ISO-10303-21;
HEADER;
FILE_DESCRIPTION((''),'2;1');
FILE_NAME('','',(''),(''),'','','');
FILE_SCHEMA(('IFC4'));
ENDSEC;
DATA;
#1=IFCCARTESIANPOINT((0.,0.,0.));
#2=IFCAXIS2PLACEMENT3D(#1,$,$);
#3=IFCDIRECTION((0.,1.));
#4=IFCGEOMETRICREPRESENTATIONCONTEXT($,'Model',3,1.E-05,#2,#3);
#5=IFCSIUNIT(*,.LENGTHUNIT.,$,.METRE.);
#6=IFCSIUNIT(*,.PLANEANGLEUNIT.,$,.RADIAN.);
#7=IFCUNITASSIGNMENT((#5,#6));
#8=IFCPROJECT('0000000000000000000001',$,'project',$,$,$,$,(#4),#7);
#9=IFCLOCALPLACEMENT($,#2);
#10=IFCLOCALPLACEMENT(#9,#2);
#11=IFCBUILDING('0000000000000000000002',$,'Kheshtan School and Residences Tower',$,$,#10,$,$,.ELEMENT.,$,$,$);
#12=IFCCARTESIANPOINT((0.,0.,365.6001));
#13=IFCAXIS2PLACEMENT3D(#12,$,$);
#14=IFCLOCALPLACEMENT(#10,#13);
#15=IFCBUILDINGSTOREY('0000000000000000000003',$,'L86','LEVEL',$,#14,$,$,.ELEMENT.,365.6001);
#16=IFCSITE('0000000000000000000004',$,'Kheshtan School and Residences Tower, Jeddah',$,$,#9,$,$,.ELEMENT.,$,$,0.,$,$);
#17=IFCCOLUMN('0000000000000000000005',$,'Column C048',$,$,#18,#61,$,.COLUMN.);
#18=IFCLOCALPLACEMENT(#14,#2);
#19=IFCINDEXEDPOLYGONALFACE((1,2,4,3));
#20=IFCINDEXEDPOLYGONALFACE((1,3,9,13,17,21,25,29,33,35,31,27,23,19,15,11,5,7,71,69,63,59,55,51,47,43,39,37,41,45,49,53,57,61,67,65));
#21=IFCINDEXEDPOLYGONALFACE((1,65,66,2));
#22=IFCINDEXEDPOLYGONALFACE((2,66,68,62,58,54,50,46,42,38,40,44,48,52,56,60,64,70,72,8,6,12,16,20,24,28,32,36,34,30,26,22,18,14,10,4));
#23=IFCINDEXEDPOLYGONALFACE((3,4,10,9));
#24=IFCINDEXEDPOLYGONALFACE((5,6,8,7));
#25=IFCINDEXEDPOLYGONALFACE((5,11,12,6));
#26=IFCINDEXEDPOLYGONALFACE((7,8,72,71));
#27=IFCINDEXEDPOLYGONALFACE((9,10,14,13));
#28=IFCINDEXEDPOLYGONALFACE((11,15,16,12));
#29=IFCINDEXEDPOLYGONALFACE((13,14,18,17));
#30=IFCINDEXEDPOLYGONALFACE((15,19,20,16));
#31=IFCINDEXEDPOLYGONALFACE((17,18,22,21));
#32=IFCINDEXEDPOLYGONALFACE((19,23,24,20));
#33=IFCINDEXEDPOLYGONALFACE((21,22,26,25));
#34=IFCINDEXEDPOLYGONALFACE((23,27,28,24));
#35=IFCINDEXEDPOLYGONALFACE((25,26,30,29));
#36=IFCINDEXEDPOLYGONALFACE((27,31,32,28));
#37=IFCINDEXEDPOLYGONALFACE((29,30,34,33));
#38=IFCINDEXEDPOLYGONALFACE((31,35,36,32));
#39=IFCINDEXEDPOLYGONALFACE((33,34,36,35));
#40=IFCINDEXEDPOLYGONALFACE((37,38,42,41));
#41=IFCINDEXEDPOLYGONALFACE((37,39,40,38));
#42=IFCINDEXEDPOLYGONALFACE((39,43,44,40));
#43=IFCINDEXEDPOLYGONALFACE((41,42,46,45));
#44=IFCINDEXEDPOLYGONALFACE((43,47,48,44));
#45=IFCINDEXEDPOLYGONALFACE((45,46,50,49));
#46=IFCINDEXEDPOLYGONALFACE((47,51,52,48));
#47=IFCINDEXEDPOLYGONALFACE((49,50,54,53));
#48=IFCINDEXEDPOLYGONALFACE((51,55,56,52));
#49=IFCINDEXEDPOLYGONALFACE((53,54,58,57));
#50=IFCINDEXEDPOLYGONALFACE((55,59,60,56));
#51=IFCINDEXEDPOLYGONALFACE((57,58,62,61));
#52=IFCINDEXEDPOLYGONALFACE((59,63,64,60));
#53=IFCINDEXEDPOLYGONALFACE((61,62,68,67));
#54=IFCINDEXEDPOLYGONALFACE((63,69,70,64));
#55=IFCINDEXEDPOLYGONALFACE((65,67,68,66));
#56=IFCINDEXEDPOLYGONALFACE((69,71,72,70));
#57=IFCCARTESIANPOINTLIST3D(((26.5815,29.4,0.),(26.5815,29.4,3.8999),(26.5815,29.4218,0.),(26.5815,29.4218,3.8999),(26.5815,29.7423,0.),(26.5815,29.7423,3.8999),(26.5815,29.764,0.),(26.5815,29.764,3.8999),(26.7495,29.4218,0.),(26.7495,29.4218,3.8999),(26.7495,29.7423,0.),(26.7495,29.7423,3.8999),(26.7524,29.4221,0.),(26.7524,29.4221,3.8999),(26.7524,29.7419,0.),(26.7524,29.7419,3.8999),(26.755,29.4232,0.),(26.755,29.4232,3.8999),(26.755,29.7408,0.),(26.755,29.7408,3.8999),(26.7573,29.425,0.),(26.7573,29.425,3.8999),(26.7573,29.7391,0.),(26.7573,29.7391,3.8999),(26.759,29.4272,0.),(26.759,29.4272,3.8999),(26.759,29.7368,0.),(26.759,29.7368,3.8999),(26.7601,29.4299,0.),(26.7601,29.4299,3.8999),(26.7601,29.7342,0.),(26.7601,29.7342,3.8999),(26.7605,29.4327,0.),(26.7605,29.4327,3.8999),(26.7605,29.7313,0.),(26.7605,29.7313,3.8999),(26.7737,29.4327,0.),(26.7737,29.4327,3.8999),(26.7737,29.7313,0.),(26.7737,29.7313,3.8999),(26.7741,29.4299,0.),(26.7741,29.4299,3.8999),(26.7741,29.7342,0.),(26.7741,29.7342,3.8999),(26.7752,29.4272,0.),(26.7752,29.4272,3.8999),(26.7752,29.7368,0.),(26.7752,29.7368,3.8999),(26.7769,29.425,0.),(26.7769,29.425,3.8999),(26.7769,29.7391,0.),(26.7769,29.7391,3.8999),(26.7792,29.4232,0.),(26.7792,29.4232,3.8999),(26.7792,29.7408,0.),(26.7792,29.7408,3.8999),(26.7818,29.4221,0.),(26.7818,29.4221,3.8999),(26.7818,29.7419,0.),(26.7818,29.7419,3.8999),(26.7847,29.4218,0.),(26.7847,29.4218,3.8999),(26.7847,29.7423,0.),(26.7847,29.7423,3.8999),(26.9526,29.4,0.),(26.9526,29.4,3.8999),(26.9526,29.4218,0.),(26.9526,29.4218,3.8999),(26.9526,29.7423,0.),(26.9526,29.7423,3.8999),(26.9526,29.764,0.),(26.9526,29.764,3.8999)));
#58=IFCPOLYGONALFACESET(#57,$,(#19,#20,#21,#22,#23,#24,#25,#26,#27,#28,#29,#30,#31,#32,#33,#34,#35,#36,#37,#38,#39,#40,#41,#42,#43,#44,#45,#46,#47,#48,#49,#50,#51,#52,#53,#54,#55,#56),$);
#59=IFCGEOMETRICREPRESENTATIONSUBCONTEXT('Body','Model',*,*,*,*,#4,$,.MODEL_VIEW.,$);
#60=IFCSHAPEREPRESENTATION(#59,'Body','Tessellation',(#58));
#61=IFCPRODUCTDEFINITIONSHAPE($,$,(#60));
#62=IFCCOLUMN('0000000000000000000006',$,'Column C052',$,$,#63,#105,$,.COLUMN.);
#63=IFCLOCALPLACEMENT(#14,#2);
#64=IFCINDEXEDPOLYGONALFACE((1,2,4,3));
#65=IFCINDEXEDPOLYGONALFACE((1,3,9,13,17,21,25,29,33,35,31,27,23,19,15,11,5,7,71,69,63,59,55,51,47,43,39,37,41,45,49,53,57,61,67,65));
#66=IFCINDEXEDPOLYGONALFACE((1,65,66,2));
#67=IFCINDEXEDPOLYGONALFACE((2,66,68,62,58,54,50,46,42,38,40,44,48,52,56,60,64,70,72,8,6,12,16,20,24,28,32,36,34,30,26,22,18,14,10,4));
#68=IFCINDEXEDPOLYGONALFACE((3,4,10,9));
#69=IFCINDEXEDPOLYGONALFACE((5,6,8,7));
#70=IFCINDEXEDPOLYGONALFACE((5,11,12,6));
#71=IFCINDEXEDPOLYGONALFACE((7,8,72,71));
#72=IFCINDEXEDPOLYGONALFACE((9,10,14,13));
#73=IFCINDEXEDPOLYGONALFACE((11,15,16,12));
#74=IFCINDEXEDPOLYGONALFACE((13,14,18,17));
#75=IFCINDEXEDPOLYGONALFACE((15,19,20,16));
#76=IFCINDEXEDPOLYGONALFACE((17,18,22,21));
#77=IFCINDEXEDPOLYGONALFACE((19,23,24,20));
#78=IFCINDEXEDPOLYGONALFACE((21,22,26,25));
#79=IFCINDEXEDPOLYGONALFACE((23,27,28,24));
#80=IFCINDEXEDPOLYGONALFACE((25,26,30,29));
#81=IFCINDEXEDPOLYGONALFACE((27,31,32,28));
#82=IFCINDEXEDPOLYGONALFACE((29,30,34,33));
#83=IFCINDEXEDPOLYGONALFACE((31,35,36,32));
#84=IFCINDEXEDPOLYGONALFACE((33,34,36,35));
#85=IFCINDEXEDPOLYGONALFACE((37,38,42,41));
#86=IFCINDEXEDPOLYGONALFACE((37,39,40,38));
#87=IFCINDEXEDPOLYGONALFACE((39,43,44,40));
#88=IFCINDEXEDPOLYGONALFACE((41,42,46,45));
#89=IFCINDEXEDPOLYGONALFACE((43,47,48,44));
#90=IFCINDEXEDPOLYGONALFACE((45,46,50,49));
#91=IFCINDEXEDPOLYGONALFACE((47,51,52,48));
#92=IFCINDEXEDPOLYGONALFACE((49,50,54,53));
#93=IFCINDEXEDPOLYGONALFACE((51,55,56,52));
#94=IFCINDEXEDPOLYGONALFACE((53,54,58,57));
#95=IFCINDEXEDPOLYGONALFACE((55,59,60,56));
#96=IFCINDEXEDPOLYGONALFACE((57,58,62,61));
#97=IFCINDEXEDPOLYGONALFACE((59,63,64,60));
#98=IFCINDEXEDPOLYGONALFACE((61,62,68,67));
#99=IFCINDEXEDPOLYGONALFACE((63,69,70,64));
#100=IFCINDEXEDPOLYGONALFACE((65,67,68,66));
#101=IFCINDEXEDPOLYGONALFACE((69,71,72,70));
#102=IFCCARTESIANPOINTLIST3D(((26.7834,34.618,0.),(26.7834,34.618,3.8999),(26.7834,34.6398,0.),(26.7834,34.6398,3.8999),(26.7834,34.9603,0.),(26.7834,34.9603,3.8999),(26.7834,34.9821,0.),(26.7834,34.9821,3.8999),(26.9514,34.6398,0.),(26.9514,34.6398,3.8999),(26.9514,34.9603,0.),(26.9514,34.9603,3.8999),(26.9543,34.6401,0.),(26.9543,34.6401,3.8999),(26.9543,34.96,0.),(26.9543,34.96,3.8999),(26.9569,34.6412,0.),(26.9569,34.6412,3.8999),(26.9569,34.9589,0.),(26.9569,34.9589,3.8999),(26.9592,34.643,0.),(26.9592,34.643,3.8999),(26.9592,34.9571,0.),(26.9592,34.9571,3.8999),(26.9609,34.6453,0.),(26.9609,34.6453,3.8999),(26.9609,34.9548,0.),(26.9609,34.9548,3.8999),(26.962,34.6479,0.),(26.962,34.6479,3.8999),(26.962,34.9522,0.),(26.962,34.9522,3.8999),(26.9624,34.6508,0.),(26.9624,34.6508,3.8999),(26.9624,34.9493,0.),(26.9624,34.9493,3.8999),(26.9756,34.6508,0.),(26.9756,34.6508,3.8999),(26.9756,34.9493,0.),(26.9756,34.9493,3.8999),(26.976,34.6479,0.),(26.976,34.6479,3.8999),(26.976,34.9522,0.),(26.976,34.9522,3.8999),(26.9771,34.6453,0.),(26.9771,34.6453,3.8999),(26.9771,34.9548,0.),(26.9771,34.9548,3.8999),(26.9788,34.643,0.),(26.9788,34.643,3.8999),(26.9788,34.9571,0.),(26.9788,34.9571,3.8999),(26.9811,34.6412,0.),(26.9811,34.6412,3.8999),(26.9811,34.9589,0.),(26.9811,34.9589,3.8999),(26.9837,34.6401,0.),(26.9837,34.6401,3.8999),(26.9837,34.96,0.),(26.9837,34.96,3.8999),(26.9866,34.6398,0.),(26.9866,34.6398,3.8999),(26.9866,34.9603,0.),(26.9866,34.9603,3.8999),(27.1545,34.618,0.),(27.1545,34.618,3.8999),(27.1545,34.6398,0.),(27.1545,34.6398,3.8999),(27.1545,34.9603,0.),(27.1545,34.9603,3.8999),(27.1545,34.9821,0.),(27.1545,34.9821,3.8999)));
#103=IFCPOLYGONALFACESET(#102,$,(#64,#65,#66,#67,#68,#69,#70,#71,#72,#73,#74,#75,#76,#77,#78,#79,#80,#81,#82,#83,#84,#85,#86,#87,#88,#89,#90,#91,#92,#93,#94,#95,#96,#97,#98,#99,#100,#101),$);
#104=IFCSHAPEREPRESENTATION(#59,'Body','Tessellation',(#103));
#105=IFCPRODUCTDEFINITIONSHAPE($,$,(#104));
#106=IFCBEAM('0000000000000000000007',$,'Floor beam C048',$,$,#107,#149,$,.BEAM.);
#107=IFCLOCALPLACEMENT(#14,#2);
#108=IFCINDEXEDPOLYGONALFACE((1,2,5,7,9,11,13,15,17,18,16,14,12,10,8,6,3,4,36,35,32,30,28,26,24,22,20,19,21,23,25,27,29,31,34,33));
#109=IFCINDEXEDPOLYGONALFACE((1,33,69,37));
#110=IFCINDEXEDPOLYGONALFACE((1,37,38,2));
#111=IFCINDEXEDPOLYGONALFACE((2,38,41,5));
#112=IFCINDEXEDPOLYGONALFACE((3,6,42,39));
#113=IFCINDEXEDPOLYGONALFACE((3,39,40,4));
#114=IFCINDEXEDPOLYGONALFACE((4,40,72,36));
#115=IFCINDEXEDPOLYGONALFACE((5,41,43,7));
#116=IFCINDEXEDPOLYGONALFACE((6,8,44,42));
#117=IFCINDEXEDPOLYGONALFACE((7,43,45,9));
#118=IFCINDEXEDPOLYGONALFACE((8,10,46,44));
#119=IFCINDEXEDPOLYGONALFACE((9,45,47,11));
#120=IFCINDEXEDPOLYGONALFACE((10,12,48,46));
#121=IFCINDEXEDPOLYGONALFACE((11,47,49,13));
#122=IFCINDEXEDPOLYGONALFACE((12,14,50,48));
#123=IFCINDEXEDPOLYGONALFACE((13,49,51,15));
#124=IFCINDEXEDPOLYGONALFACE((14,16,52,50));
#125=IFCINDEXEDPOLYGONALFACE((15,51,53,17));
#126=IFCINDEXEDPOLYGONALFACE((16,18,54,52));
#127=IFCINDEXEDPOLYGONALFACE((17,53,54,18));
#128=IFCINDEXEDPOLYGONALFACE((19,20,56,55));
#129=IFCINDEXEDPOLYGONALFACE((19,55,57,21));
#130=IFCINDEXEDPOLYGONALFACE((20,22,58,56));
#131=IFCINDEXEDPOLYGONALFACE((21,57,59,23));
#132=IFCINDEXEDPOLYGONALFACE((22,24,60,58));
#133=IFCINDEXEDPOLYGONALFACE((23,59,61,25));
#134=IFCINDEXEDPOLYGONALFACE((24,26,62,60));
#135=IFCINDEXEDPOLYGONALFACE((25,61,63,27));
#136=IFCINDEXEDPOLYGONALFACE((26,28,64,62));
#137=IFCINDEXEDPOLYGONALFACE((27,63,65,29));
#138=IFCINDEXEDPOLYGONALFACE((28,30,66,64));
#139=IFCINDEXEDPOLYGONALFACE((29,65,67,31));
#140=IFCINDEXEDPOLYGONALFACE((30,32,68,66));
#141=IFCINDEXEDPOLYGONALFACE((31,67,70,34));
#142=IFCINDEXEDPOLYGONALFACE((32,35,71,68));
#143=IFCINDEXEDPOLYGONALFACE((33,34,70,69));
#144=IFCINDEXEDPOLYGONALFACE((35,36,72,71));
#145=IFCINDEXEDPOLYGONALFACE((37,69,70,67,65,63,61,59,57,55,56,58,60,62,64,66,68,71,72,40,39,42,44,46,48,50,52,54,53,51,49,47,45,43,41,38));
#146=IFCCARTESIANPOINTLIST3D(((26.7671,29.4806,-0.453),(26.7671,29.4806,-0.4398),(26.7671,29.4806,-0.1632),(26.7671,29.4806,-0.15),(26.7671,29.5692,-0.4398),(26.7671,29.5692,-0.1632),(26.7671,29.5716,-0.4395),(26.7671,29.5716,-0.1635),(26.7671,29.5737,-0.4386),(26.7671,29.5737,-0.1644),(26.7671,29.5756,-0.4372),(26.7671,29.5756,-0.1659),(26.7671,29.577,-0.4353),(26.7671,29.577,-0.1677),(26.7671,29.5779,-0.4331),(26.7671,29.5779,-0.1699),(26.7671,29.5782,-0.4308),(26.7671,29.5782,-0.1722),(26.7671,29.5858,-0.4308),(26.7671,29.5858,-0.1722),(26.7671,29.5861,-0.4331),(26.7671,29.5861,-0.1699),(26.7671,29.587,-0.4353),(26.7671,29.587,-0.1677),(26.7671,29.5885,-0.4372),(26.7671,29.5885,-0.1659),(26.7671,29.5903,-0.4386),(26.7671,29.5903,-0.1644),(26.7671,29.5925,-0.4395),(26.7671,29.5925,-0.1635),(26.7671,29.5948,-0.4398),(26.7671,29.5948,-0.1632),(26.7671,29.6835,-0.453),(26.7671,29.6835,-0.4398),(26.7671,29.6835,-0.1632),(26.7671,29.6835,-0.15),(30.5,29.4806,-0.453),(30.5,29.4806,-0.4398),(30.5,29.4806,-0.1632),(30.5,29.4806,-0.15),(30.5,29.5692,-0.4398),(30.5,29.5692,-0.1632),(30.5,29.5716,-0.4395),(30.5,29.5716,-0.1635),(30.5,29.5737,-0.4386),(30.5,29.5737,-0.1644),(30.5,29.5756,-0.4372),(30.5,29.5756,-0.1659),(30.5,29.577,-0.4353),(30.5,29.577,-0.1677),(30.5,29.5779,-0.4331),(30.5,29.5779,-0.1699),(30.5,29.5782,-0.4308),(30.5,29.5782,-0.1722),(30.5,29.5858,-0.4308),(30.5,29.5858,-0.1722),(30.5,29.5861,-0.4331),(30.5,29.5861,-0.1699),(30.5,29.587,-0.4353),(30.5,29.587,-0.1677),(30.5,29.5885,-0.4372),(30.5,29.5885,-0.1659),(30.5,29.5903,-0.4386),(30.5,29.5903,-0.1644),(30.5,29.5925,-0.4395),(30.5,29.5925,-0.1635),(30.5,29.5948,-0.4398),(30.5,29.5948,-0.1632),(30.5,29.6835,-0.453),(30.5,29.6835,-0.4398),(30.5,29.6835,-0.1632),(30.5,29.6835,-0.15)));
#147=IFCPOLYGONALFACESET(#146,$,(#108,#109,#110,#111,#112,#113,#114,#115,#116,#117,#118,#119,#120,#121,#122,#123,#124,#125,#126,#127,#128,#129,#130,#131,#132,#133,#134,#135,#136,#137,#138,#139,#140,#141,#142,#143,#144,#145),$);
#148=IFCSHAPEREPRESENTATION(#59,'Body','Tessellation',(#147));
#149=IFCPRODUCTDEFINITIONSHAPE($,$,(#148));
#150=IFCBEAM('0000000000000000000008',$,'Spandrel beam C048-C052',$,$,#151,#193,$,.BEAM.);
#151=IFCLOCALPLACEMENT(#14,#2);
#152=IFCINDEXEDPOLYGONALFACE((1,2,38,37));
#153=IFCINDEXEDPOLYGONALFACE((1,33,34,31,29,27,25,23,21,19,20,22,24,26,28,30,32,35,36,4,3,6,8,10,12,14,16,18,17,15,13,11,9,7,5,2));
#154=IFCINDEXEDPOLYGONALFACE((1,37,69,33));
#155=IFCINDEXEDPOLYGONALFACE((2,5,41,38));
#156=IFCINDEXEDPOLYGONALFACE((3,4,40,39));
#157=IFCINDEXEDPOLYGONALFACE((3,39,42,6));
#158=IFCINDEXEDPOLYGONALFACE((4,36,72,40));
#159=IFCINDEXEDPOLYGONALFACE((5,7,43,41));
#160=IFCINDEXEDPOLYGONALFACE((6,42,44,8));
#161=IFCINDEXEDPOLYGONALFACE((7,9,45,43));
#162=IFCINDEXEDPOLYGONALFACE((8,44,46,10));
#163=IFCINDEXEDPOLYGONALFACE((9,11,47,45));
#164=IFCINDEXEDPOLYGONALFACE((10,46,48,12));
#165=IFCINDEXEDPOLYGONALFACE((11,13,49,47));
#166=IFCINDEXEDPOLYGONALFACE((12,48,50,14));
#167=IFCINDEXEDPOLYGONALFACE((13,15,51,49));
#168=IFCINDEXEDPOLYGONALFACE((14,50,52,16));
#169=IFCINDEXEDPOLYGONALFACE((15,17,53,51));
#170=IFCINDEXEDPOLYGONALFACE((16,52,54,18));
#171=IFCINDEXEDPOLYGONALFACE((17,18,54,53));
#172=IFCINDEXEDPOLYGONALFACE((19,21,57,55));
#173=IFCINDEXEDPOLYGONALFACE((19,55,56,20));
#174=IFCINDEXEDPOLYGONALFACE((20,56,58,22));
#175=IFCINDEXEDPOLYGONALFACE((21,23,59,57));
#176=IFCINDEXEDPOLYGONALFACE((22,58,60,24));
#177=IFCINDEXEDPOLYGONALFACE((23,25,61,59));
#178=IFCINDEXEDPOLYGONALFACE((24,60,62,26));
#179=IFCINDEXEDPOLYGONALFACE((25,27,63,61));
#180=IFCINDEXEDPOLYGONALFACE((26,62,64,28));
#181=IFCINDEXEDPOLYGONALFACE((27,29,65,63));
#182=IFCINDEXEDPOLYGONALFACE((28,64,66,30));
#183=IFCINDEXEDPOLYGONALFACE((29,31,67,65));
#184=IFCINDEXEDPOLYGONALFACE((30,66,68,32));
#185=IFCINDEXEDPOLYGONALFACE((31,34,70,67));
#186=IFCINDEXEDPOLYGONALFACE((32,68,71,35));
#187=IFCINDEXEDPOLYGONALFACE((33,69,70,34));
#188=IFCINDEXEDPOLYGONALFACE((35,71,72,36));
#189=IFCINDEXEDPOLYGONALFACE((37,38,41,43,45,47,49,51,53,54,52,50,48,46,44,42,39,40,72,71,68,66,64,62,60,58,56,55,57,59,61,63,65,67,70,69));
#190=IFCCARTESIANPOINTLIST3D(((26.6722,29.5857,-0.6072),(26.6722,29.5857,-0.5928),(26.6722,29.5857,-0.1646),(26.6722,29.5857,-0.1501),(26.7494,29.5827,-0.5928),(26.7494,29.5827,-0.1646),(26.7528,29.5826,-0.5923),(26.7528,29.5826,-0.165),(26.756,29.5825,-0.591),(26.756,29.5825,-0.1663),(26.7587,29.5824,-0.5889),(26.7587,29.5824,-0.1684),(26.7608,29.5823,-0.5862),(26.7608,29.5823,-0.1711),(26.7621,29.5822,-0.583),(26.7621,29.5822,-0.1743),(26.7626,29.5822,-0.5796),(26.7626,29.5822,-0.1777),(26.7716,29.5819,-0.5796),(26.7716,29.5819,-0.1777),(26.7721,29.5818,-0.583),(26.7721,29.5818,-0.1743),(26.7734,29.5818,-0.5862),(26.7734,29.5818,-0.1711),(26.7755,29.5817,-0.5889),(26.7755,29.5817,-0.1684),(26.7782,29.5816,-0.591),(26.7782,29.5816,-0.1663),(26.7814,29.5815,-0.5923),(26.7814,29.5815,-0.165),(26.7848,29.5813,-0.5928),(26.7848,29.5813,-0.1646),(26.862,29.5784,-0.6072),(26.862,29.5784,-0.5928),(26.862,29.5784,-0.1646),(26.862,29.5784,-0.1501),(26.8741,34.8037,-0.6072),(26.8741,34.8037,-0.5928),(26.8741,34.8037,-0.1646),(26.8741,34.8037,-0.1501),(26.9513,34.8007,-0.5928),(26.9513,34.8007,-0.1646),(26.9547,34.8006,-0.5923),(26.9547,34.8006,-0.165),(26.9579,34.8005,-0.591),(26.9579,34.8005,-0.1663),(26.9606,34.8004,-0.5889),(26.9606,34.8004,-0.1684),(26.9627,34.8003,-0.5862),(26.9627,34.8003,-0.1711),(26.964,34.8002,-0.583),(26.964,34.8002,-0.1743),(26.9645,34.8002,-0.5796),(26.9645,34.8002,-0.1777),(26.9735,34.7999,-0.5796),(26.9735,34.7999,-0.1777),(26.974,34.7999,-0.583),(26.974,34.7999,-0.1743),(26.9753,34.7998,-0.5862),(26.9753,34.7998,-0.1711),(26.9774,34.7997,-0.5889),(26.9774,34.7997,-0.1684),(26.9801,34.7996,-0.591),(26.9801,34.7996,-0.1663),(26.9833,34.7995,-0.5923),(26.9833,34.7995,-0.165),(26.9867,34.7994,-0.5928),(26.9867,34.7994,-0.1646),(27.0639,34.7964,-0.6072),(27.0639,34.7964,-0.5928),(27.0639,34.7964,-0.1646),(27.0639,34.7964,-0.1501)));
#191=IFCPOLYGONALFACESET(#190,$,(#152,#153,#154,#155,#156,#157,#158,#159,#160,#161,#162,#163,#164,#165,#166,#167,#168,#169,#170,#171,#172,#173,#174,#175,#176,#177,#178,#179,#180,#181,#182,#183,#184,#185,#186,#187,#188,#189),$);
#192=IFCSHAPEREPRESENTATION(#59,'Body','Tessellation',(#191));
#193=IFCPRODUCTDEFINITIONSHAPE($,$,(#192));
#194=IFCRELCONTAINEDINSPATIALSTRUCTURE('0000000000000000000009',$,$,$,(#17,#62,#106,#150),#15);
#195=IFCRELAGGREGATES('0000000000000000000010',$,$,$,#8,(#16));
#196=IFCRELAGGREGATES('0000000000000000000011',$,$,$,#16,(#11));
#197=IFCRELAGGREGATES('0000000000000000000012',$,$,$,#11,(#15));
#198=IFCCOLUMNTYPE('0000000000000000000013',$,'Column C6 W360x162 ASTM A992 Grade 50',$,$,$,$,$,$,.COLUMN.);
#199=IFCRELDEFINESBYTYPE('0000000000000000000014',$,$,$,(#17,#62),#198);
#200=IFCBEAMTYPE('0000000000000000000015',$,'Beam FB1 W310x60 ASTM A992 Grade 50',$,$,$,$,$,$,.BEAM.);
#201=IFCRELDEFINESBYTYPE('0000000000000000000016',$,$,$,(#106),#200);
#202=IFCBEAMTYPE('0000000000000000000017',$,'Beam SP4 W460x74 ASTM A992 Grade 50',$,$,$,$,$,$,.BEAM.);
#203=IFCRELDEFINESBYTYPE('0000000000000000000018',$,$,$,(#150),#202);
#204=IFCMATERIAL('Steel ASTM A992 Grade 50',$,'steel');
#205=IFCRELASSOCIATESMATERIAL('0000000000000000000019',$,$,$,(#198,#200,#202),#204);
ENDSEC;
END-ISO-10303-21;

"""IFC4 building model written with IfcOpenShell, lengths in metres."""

from ifc_helpers import new_model, si_unit, direction, frame, origin, origin_2d, place, context, subcontext, project, spatial, i_section, extrude, material, material_profile, profile_set, type_object, element, save


model = new_model("IFC4")

# Units and contexts
model_context = context("Model", 3, precision=1e-05, world=origin(), true_north=direction((0.0, 1.0)))
body_context = subcontext(model_context, "Body", "Model", "MODEL_VIEW")
ifc_project = project(units=[si_unit("LENGTHUNIT", "METRE"), si_unit("PLANEANGLEUNIT", "RADIAN")], contexts=[model_context])

# Site, building, storey
site_placement = place(None, origin())
site = spatial("IfcSite", under=ifc_project, at=site_placement, Name="Kheshtan School and Residences Tower, Jeddah", CompositionType="ELEMENT", RefElevation=0.0)
building_placement = place(site_placement, origin())
building = spatial("IfcBuilding", under=site, at=building_placement, Name="Kheshtan School and Residences Tower", CompositionType="ELEMENT")
storey_placement = place(building_placement, frame((0.0, 0.0, 365.6001)))
storey = spatial("IfcBuildingStorey", under=building, at=storey_placement, Name="L86", Description="LEVEL", CompositionType="ELEMENT", Elevation=365.6001)

# Columns
ifc_material_1 = material(Name="Steel ASTM A992 Grade 50", Category="steel")
ifc_material_profile_1 = material_profile(ifc_material_1, i_section(OverallWidth=0.3711, OverallDepth=0.364, WebThickness=0.0132, FlangeThickness=0.0217, FilletRadius=0.011, at=origin_2d()), Name="W360x162")
ifc_profile_set_1 = profile_set([ifc_material_profile_1], Name="Steel ASTM A992 Grade 50")
column_type = type_object("IfcColumnType", Name="Column C6 W360x162 ASTM A992 Grade 50", PredefinedType="COLUMN", material=ifc_profile_set_1)
for number, where, z_axis, x_axis, name in (
    (1, (26.7671, 29.582, 0.0), (0.0, 0.0, 1.0), (1.0, 0.0, 0.0), "Column C048"),
    (2, (26.969, 34.8, 0.0), (0.0, 0.0, 1.0), (1.0, 0.0, 0.0), "Column C052"),
):
    element("IfcColumn", number, at=place(storey_placement, frame(where, z_axis=z_axis, x_axis=x_axis)), inside=storey, type_object=column_type, Name=name, PredefinedType="COLUMN", context=body_context, shape_type="SweptSolid", body=[
        extrude(i_section(OverallWidth=0.3711, OverallDepth=0.364, WebThickness=0.0132, FlangeThickness=0.0217, FilletRadius=0.011, at=origin_2d()), origin(), (0.0, 0.0, 1.0), 3.8999),
    ])

# Beams
ifc_material_profile_2 = material_profile(ifc_material_1, i_section(OverallWidth=0.2029, OverallDepth=0.303, WebThickness=0.0076, FlangeThickness=0.0132, FilletRadius=0.009, at=origin_2d()), Name="W310x60")
ifc_profile_set_2 = profile_set([ifc_material_profile_2], Name="Steel ASTM A992 Grade 50")
beam_type_1 = type_object("IfcBeamType", Name="Beam FB1 W310x60 ASTM A992 Grade 50", PredefinedType="BEAM", material=ifc_profile_set_2)
beam_1_placement = place(storey_placement, frame((26.7671, 29.582, -0.3015), z_axis=(1.0, 0.0, 0.0), x_axis=(0.0, 1.0, 0.0)))
element("IfcBeam", 3, at=beam_1_placement, inside=storey, type_object=beam_type_1, Name="Floor beam C048", PredefinedType="BEAM", context=body_context, shape_type="SweptSolid", body=[
    extrude(i_section(OverallWidth=0.2029, OverallDepth=0.303, WebThickness=0.0076, FlangeThickness=0.0132, FilletRadius=0.009, at=origin_2d()), origin(), (0.0, 0.0, 1.0), 3.7329),
])
ifc_material_profile_3 = material_profile(ifc_material_1, i_section(OverallWidth=0.1899, OverallDepth=0.457, WebThickness=0.009, FlangeThickness=0.0144, FilletRadius=0.0132, at=origin_2d()), Name="W460x74")
ifc_profile_set_3 = profile_set([ifc_material_profile_3], Name="Steel ASTM A992 Grade 50")
beam_type_2 = type_object("IfcBeamType", Name="Beam SP4 W460x74 ASTM A992 Grade 50", PredefinedType="BEAM", material=ifc_profile_set_3)
beam_2_placement = place(storey_placement, frame((26.7671, 29.582, -0.3787), z_axis=(0.038665, 0.999252, 0.0), x_axis=(-0.999252, 0.038665, 0.0)))
element("IfcBeam", 4, at=beam_2_placement, inside=storey, type_object=beam_type_2, Name="Spandrel beam C048-C052", PredefinedType="BEAM", context=body_context, shape_type="SweptSolid", body=[
    extrude(i_section(OverallWidth=0.1899, OverallDepth=0.457, WebThickness=0.009, FlangeThickness=0.0144, FilletRadius=0.0132, at=origin_2d()), origin(), (0.0, 0.0, 1.0), 5.2219),
])

save(model, "model.ifc")
